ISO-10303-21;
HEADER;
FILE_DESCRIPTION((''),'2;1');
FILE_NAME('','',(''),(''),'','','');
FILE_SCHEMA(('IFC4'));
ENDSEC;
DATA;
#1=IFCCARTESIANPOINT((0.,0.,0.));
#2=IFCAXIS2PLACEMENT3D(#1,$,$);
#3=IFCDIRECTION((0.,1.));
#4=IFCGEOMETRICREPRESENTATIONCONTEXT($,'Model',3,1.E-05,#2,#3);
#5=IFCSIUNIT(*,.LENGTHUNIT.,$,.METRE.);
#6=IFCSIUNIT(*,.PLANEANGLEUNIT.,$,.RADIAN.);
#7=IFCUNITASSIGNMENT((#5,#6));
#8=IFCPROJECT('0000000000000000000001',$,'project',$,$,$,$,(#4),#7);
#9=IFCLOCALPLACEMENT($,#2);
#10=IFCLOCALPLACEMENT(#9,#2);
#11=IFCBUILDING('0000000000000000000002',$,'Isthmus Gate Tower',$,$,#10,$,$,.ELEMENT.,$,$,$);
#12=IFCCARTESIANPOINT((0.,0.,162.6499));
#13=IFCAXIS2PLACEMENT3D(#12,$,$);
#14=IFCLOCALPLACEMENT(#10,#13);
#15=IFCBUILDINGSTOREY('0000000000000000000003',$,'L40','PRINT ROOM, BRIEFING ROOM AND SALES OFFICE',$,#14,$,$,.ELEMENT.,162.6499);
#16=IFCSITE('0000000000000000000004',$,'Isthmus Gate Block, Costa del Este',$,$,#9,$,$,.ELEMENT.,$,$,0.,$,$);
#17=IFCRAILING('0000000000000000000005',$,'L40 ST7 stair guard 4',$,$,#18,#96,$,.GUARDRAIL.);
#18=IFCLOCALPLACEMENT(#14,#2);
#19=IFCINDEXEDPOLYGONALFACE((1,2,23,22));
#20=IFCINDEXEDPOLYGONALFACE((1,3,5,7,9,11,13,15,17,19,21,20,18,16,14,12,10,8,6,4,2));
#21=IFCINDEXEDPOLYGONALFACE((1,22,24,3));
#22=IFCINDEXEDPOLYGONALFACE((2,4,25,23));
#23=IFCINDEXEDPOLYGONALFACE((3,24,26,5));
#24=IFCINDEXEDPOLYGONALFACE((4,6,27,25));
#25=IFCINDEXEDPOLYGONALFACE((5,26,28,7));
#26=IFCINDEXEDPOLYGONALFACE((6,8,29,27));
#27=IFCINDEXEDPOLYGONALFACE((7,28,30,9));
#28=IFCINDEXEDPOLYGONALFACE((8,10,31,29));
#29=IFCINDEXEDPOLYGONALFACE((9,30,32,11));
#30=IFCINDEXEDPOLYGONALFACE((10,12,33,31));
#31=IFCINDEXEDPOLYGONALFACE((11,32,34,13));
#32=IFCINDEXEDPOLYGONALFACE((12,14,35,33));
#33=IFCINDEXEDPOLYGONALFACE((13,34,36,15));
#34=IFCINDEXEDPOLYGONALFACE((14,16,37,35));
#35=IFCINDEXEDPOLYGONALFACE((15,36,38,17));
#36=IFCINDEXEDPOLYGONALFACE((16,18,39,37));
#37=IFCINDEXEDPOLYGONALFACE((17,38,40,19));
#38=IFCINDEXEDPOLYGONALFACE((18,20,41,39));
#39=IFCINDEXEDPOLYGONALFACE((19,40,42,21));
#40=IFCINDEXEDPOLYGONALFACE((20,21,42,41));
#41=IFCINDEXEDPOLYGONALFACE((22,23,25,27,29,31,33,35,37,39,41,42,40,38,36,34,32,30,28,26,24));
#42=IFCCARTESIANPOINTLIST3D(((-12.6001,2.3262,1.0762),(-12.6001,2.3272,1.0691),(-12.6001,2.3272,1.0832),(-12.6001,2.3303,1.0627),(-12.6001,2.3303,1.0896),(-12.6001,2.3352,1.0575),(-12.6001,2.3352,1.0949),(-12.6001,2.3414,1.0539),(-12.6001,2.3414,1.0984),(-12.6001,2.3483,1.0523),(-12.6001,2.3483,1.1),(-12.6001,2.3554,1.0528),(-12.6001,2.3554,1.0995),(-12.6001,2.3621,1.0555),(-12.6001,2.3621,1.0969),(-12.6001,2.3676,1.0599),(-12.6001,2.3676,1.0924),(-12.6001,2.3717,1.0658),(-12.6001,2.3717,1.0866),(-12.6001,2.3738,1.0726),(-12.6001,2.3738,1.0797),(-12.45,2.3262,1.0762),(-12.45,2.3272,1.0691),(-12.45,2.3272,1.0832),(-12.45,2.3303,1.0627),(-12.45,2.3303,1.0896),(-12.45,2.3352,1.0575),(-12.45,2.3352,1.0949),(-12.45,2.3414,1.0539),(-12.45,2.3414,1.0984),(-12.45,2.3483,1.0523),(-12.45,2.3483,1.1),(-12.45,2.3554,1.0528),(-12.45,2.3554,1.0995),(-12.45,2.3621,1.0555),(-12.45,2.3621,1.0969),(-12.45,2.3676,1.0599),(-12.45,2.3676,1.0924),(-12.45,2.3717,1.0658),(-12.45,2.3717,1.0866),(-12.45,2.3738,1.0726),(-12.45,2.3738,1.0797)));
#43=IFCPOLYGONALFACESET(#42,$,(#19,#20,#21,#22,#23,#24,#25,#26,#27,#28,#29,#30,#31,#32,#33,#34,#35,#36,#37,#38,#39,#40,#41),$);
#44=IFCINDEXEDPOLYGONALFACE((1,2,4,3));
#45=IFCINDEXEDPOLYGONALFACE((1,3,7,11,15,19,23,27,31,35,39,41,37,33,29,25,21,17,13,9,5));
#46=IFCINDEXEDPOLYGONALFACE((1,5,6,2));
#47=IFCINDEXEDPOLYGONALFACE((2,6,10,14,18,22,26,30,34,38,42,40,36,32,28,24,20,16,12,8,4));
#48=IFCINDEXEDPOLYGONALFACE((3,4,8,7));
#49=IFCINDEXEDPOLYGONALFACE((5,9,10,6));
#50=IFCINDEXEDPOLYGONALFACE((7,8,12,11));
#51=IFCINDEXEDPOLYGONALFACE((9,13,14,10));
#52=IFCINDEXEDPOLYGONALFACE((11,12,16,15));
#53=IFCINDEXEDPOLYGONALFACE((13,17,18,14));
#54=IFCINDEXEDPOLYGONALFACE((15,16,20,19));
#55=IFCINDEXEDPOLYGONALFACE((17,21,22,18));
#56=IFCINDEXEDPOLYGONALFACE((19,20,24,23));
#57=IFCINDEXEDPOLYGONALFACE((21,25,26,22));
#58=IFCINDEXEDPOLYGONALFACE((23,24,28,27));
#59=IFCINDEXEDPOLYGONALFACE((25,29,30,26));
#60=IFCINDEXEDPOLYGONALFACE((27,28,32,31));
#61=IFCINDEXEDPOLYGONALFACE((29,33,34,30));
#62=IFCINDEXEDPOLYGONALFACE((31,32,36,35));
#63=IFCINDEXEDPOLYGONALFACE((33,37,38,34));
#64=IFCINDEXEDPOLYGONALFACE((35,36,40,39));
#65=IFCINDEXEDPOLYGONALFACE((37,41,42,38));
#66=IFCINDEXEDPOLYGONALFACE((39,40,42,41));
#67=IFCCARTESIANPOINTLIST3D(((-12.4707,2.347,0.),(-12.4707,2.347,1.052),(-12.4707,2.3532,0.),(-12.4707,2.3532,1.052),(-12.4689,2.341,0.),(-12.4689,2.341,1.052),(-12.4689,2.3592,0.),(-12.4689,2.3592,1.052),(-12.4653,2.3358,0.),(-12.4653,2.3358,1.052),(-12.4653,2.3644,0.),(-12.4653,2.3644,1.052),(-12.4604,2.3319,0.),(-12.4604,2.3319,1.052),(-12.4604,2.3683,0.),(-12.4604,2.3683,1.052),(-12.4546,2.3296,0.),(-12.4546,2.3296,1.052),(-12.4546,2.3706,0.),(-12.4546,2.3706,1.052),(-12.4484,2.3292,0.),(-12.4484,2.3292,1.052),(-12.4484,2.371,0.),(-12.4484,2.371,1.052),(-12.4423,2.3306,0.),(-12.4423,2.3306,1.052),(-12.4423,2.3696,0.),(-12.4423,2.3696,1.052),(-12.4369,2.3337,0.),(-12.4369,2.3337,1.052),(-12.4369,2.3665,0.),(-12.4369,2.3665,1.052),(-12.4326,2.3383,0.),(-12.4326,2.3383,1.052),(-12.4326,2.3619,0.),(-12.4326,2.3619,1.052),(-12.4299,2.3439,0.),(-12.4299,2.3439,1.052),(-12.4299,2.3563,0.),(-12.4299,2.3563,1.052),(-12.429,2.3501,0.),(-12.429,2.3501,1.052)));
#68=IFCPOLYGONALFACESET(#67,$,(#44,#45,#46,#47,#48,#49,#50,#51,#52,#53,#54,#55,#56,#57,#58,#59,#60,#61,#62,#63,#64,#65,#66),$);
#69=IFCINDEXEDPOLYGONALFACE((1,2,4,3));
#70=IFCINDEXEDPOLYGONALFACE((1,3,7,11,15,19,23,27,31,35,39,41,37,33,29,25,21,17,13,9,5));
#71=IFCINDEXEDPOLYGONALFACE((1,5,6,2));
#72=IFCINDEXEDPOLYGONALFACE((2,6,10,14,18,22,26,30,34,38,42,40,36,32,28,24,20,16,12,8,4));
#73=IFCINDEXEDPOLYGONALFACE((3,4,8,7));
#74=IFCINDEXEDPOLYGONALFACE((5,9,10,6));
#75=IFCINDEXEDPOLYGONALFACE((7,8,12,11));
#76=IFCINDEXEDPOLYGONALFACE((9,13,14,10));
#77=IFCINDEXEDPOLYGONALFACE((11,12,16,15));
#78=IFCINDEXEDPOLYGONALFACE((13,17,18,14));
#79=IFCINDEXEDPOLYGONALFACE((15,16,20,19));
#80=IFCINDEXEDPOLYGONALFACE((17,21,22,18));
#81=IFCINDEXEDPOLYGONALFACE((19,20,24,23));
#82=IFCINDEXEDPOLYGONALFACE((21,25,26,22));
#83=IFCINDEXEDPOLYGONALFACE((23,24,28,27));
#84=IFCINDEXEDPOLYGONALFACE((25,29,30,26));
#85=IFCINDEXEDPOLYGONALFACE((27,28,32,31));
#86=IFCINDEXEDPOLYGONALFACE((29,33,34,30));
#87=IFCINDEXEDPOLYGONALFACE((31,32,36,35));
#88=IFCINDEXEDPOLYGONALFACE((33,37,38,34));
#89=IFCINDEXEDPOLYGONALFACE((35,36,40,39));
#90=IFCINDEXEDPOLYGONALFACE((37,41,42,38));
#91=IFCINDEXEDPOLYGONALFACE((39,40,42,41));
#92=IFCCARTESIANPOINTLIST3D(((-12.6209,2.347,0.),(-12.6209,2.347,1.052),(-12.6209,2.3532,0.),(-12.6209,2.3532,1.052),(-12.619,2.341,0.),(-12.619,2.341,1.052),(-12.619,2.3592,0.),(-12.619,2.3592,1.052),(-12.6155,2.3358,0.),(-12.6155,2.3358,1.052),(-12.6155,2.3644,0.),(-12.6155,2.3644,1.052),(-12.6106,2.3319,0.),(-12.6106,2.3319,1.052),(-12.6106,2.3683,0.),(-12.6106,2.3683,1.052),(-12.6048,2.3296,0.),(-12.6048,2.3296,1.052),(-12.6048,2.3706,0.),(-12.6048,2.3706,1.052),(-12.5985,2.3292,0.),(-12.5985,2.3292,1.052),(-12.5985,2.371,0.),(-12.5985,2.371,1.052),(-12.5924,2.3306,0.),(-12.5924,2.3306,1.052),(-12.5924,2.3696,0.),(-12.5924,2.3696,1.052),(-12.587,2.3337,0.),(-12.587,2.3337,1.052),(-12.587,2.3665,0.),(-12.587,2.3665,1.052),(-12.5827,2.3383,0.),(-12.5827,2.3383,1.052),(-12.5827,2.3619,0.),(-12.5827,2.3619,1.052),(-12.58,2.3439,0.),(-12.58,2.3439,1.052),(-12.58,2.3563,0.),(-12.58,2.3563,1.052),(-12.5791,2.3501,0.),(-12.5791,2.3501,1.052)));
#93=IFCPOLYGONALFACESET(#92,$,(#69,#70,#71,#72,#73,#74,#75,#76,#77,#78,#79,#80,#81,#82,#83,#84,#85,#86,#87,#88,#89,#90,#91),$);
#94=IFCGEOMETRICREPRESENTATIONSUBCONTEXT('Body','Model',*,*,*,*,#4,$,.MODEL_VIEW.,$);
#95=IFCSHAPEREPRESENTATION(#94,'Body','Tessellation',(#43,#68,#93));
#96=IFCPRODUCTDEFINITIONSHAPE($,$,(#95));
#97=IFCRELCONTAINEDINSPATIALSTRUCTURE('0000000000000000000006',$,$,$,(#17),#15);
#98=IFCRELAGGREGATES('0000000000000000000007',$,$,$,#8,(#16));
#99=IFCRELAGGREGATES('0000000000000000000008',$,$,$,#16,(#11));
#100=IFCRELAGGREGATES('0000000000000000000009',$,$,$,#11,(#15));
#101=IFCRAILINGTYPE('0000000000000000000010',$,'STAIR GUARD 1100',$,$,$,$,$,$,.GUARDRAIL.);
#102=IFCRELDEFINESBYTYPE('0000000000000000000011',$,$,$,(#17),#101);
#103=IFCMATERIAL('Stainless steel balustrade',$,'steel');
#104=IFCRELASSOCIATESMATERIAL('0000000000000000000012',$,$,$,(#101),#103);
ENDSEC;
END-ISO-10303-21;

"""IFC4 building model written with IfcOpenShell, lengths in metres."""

from ifc_helpers import new_model, si_unit, direction, frame, origin, origin_2d, place, context, subcontext, project, spatial, circle, extrude, material, type_object, element, save


model = new_model("IFC4")

# Units and contexts
model_context = context("Model", 3, precision=1e-05, world=origin(), true_north=direction((0.0, 1.0)))
body_context = subcontext(model_context, "Body", "Model", "MODEL_VIEW")
ifc_project = project(units=[si_unit("LENGTHUNIT", "METRE"), si_unit("PLANEANGLEUNIT", "RADIAN")], contexts=[model_context])

# Site, building, storey
site_placement = place(None, origin())
site = spatial("IfcSite", under=ifc_project, at=site_placement, Name="Isthmus Gate Block, Costa del Este", CompositionType="ELEMENT", RefElevation=0.0)
building_placement = place(site_placement, origin())
building = spatial("IfcBuilding", under=site, at=building_placement, Name="Isthmus Gate Tower", CompositionType="ELEMENT")
storey_placement = place(building_placement, frame((0.0, 0.0, 162.6499)))
storey = spatial("IfcBuildingStorey", under=building, at=storey_placement, Name="L40", Description="PRINT ROOM, BRIEFING ROOM AND SALES OFFICE", CompositionType="ELEMENT", Elevation=162.6499)

# Railing
ifc_material_1 = material(Name="Stainless steel balustrade", Category="steel")
railing_type_1 = type_object("IfcRailingType", Name="STAIR GUARD 1100", PredefinedType="GUARDRAIL", material=ifc_material_1)
railing_1_placement = place(storey_placement, frame((-12.45, 2.3501, 0.0)))
element("IfcRailing", 1, at=railing_1_placement, inside=storey, type_object=railing_type_1, Name="L40 ST7 stair guard 4", PredefinedType="GUARDRAIL", context=body_context, shape_type="SweptSolid", body=[
    extrude(circle(Radius=0.0239, at=origin_2d()), frame((0.0, 0.0, 1.0762), z_axis=(-1.0, 0.0, 0.0), x_axis=(0.0, -1.0, 0.0)), (0.0, 0.0, 1.0), 0.1501),
    extrude(circle(Radius=0.021, at=origin_2d()), origin(), (0.0, 0.0, 1.0), 1.052),
    extrude(circle(Radius=0.021, at=origin_2d()), frame((-0.1501, 0.0, 0.0)), (0.0, 0.0, 1.0), 1.052),
])

save(model, "model.ifc")
